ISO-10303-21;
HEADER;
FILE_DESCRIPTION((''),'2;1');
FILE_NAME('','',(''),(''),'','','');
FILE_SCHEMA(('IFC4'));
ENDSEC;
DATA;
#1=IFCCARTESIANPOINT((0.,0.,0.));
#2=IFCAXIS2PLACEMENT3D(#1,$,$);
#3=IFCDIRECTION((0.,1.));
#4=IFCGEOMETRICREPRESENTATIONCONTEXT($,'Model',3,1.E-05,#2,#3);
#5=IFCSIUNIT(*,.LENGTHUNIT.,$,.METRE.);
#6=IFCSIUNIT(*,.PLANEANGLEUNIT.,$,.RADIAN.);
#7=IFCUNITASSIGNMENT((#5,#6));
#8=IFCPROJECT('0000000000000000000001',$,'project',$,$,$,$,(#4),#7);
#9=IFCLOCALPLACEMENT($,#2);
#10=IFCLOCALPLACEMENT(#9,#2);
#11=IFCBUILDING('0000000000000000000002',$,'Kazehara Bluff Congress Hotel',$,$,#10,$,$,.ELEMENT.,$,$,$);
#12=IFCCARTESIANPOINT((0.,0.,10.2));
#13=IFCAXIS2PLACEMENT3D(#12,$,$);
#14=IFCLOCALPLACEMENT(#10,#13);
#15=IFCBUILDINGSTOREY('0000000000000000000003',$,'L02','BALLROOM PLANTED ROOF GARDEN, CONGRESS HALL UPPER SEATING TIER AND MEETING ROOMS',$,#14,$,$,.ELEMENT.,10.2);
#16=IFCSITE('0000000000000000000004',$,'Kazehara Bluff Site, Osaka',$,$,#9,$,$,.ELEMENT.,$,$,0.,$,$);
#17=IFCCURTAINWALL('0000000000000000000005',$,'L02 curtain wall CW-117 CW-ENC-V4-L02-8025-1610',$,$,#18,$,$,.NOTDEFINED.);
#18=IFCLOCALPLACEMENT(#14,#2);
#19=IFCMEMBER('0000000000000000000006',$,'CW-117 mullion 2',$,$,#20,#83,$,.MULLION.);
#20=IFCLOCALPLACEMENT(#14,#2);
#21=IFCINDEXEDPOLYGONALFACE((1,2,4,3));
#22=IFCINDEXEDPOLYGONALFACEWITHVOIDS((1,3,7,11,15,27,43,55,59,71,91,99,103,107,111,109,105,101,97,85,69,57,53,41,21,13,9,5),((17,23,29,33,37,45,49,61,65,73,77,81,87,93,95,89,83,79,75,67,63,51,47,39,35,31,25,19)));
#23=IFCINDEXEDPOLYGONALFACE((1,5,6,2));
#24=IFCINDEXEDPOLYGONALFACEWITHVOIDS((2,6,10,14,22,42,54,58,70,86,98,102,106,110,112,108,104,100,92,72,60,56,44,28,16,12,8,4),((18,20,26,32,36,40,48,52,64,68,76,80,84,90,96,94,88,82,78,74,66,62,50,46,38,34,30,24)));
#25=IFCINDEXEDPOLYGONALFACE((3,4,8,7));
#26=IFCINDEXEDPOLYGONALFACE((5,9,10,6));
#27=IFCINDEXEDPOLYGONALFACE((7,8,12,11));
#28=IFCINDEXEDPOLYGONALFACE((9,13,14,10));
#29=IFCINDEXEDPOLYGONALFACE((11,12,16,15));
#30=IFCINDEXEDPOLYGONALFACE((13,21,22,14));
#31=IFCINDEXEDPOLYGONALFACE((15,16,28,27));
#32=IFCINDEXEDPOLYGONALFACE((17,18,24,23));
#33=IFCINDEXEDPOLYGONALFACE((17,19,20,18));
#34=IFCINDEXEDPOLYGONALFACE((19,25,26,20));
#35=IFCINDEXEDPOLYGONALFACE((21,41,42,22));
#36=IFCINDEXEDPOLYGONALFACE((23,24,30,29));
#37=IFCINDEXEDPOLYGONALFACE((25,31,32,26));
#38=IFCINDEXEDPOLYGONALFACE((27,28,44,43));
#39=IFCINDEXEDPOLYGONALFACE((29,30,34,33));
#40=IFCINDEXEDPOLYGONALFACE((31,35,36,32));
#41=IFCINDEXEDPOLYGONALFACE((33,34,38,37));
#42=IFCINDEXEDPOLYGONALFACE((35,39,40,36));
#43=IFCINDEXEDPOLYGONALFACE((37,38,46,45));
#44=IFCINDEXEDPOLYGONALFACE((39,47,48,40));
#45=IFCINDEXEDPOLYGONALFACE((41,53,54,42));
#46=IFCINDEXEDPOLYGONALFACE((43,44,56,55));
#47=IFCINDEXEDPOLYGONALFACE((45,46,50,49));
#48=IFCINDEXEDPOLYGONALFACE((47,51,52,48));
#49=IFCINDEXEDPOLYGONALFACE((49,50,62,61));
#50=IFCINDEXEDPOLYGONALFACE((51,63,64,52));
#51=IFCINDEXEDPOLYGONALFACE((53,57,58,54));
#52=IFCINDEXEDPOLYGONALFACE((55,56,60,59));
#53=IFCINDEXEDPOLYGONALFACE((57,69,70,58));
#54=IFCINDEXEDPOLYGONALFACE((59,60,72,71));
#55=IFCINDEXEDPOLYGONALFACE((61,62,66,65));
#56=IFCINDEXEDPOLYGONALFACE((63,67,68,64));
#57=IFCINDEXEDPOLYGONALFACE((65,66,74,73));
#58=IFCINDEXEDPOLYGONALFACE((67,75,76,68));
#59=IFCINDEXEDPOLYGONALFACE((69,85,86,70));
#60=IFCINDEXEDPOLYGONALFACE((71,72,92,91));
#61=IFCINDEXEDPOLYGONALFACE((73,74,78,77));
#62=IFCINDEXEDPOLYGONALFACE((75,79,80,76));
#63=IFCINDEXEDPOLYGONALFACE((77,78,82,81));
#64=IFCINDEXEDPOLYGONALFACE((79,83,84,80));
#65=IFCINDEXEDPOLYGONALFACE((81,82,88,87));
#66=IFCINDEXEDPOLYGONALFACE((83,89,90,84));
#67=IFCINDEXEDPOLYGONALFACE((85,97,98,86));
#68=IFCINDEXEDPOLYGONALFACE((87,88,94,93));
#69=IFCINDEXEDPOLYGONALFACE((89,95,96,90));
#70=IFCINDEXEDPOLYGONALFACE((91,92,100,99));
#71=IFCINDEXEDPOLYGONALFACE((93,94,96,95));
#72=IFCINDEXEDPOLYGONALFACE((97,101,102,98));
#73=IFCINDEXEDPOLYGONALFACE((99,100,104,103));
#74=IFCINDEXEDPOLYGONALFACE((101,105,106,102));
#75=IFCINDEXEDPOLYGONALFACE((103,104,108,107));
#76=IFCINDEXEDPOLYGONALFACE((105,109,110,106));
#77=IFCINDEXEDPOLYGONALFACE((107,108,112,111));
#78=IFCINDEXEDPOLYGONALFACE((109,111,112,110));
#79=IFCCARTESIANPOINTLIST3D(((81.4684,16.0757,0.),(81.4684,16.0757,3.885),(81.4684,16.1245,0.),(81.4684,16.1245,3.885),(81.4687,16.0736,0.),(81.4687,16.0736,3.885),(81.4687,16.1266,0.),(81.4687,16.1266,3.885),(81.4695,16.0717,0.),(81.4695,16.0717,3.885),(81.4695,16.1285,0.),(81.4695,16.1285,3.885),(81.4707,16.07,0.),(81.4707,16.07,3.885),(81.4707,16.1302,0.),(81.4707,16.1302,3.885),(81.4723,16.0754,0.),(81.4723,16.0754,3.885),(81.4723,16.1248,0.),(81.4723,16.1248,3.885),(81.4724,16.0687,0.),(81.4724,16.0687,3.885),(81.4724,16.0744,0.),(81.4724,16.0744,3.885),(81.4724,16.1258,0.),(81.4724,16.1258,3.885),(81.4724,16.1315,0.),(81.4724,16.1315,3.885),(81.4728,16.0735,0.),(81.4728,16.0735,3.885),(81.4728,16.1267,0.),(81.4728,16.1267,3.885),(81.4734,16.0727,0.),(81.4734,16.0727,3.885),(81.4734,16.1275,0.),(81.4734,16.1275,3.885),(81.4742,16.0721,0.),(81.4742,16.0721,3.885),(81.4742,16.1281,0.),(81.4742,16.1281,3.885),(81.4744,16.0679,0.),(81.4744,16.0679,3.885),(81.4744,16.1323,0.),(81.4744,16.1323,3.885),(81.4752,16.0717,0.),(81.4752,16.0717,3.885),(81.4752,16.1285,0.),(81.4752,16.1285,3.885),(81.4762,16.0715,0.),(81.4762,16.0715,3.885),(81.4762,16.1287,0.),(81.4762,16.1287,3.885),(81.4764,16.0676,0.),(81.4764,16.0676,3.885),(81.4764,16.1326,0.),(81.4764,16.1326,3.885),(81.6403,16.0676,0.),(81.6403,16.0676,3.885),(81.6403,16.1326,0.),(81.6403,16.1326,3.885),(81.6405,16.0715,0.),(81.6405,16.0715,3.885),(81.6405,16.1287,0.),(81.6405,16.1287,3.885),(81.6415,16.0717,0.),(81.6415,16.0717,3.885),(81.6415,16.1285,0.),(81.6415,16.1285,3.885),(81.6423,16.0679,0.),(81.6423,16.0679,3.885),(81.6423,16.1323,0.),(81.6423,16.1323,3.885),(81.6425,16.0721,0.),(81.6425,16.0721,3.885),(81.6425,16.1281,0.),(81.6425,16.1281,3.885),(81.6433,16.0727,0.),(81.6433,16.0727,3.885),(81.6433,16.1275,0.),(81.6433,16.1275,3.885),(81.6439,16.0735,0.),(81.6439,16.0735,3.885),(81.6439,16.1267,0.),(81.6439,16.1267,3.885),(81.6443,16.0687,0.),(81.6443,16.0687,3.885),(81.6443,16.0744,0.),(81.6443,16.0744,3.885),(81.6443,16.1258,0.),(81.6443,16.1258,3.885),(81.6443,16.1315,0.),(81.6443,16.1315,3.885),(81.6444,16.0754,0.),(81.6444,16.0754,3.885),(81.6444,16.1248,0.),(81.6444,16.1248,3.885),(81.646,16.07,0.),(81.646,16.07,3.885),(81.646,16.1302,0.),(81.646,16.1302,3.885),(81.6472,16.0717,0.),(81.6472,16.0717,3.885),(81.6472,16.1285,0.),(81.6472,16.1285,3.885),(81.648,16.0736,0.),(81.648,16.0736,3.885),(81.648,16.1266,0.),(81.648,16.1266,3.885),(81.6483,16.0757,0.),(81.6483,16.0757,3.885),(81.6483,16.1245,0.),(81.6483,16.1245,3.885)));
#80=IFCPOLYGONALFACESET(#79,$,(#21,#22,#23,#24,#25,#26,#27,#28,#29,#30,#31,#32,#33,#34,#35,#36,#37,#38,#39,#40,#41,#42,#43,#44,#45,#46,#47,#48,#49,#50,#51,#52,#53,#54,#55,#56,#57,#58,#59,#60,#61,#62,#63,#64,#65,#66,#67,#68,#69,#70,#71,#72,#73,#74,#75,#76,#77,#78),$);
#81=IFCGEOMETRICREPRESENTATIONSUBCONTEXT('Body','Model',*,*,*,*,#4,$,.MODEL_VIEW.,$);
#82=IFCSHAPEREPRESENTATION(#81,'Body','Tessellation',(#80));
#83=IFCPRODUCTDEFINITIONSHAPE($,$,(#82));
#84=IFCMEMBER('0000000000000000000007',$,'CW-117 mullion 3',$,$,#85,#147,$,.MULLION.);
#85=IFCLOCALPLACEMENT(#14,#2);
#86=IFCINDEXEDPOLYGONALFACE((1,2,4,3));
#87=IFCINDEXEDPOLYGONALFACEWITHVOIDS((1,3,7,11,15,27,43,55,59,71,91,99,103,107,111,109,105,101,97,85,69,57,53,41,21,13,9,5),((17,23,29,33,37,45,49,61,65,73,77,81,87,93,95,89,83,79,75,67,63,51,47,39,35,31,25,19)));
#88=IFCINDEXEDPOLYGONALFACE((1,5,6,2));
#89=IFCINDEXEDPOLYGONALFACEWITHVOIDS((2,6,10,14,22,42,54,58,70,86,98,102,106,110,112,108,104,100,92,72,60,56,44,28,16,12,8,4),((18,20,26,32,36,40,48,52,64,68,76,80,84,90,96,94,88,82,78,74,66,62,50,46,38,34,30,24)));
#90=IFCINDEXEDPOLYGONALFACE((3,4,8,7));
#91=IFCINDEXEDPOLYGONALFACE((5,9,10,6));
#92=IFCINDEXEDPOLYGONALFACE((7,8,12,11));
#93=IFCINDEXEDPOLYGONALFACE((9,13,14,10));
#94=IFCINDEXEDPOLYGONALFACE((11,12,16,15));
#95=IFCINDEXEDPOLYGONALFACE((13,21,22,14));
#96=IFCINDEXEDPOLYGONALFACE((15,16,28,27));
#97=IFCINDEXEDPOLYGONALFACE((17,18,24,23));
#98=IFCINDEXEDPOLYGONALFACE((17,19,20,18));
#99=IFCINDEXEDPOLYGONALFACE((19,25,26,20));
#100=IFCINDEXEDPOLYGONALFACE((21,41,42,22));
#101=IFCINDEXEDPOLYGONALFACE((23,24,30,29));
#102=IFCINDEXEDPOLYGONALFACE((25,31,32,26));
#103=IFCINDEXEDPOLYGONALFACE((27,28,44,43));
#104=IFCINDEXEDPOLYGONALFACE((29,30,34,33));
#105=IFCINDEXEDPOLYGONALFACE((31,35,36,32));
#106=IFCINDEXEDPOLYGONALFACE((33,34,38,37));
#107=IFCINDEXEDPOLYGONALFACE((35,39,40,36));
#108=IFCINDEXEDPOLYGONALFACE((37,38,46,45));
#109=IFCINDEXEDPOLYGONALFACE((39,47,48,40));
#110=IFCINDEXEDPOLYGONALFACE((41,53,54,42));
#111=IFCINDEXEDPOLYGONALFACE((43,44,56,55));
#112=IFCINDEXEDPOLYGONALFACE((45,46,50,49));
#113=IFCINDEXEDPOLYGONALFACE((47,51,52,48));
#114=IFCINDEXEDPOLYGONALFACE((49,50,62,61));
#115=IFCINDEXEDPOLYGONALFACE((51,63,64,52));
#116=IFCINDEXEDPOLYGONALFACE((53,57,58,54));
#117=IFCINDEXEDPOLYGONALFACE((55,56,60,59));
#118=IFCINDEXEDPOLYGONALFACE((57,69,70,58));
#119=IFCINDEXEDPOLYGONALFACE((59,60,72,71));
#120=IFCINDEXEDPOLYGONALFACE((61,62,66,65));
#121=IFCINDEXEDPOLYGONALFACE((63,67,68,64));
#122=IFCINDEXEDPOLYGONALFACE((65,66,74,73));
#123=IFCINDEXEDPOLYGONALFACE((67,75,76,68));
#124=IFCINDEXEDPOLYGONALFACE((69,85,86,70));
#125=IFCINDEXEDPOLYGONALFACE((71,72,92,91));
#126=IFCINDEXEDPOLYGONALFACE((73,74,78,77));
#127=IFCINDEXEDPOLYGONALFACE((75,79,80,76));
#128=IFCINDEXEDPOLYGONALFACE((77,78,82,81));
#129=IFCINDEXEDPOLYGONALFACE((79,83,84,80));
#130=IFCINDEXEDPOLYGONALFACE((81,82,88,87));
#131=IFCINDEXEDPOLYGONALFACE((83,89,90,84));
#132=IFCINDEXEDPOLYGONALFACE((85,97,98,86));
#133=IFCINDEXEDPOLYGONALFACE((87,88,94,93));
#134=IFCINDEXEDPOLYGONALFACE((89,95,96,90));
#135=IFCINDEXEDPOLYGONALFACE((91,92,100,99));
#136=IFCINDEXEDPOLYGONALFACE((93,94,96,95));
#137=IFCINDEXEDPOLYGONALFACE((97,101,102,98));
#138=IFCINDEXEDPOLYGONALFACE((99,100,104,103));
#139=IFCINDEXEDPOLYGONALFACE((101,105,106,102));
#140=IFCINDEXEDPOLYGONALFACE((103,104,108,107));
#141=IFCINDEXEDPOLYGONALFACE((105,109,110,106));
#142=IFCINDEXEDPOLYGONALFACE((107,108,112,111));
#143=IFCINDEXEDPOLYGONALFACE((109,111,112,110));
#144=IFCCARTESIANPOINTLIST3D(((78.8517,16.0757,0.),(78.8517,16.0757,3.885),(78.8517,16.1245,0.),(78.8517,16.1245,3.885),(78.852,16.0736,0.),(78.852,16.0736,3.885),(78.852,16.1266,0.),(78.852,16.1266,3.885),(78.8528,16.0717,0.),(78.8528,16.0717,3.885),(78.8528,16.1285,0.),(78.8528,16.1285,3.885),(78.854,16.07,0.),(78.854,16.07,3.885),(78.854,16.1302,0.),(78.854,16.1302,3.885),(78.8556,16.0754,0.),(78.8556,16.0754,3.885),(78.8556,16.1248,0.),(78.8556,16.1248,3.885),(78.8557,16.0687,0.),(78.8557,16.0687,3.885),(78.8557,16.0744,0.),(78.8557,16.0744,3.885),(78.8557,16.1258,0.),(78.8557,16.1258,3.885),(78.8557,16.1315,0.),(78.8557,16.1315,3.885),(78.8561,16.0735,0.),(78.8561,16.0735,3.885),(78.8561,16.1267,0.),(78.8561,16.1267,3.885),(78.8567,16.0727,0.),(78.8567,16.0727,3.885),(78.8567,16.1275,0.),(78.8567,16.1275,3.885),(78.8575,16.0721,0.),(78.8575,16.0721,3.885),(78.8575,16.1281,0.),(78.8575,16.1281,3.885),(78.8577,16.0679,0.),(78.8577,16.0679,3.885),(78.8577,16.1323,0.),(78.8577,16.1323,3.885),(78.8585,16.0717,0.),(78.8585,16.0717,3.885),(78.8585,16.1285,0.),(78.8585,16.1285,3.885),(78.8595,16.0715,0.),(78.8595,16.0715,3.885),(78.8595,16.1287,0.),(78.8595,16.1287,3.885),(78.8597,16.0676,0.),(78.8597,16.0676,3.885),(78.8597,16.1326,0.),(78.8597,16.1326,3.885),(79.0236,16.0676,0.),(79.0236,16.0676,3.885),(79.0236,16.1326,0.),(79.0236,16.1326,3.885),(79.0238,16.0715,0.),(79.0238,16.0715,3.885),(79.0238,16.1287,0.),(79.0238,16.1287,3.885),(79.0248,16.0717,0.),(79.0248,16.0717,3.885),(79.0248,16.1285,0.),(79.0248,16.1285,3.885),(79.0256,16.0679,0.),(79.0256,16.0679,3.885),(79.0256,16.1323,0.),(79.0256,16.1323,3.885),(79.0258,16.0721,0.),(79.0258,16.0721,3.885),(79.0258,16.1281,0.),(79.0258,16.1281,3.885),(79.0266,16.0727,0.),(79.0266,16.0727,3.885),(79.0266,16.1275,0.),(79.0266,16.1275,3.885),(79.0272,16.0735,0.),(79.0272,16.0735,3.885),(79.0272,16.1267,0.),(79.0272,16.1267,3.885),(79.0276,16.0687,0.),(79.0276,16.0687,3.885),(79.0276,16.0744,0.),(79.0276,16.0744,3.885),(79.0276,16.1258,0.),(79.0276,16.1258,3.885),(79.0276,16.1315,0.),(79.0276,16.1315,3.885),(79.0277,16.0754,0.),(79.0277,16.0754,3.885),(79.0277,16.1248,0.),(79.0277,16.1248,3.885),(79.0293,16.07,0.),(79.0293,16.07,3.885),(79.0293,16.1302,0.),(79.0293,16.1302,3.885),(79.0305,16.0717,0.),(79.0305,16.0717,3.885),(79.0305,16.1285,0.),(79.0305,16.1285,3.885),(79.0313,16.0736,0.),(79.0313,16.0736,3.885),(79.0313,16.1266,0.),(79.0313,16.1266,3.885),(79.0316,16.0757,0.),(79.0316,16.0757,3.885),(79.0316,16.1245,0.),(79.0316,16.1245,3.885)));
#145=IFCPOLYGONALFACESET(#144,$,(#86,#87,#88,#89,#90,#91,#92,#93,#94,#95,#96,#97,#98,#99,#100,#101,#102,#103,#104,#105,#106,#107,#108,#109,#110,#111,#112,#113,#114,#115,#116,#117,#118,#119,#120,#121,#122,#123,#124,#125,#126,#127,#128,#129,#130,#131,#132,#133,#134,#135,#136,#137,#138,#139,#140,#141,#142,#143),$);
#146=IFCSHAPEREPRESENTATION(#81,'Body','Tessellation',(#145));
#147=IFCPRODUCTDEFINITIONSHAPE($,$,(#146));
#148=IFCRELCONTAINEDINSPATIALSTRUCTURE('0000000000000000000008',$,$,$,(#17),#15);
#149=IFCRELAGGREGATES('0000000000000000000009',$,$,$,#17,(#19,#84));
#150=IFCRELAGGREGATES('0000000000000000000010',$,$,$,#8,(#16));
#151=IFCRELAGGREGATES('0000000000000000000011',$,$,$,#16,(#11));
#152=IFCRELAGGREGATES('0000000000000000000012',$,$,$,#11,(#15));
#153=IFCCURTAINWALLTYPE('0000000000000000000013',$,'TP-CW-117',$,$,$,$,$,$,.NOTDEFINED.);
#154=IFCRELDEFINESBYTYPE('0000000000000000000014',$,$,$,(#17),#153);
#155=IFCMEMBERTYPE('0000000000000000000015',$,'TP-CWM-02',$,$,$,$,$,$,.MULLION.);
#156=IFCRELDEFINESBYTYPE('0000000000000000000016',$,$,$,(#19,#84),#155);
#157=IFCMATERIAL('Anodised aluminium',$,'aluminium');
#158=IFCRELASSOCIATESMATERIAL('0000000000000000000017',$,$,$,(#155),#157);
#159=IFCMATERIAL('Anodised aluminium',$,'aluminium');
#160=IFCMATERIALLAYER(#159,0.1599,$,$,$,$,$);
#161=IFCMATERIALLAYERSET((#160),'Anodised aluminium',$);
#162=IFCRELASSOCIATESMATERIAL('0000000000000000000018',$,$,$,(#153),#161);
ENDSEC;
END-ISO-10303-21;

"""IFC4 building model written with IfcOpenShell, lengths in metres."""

from ifc_helpers import new_model, si_unit, direction, frame, origin, origin_2d, place, context, subcontext, project, spatial, hollow_rectangle, extrude, material, layer, layer_set, material_profile, profile_set, type_object, element, aggregate, save


model = new_model("IFC4")

# Units and contexts
model_context = context("Model", 3, precision=1e-05, world=origin(), true_north=direction((0.0, 1.0)))
body_context = subcontext(model_context, "Body", "Model", "MODEL_VIEW")
ifc_project = project(units=[si_unit("LENGTHUNIT", "METRE"), si_unit("PLANEANGLEUNIT", "RADIAN")], contexts=[model_context])

# Site, building, storey
site_placement = place(None, origin())
site = spatial("IfcSite", under=ifc_project, at=site_placement, Name="Kazehara Bluff Site, Osaka", CompositionType="ELEMENT", RefElevation=0.0)
building_placement = place(site_placement, origin())
building = spatial("IfcBuilding", under=site, at=building_placement, Name="Kazehara Bluff Congress Hotel", CompositionType="ELEMENT")
storey_placement = place(building_placement, frame((0.0, 0.0, 10.2)))
storey = spatial("IfcBuildingStorey", under=building, at=storey_placement, Name="L02", Description="BALLROOM PLANTED ROOF GARDEN, CONGRESS HALL UPPER SEATING TIER AND MEETING ROOMS", CompositionType="ELEMENT", Elevation=10.2)

# Shared definitions
ifc_material_1 = material(Name="Anodised aluminium", Category="aluminium")
ifc_material_profile_1 = material_profile(ifc_material_1, hollow_rectangle(XDim=0.0649, YDim=0.1799, WallThickness=0.0039, InnerFilletRadius=0.0039, OuterFilletRadius=0.0081, at=origin_2d()))
ifc_profile_set_1 = profile_set([ifc_material_profile_1], Name="Anodised aluminium")
member_type_1 = type_object("IfcMemberType", Name="TP-CWM-02", PredefinedType="MULLION", material=ifc_profile_set_1)

# Curtain wall, members
ifc_material_2 = material(Name="Anodised aluminium", Category="aluminium")
ifc_layer_1 = layer(ifc_material_2, 0.1599)
ifc_layer_set_1 = layer_set([ifc_layer_1], Name="Anodised aluminium")
curtain_wall_type_1 = type_object("IfcCurtainWallType", Name="TP-CW-117", PredefinedType="NOTDEFINED", material=ifc_layer_set_1)
curtain_wall_1_placement = place(storey_placement, origin())
curtain_wall_1 = element("IfcCurtainWall", 1, at=curtain_wall_1_placement, inside=storey, type_object=curtain_wall_type_1, Name="L02 curtain wall CW-117 CW-ENC-V4-L02-8025-1610", PredefinedType="NOTDEFINED")
member_1_placement = place(storey_placement, frame((81.5583, 16.1001, 0.0), z_axis=(0.0, 0.0, 1.0), x_axis=(0.0, -1.0, 0.0)))
member_1 = element("IfcMember", 2, at=member_1_placement, type_object=member_type_1, Name="CW-117 mullion 2", PredefinedType="MULLION", context=body_context, shape_type="SweptSolid", body=[
    extrude(hollow_rectangle(XDim=0.0649, YDim=0.1799, WallThickness=0.0039, InnerFilletRadius=0.0039, OuterFilletRadius=0.0081, at=origin_2d()), origin(), (0.0, 0.0, 1.0), 3.885),
])
member_2_placement = place(storey_placement, frame((78.9417, 16.1001, 0.0), z_axis=(0.0, 0.0, 1.0), x_axis=(0.0, -1.0, 0.0)))
member_2 = element("IfcMember", 3, at=member_2_placement, type_object=member_type_1, Name="CW-117 mullion 3", PredefinedType="MULLION", context=body_context, shape_type="SweptSolid", body=[
    extrude(hollow_rectangle(XDim=0.0649, YDim=0.1799, WallThickness=0.0039, InnerFilletRadius=0.0039, OuterFilletRadius=0.0081, at=origin_2d()), origin(), (0.0, 0.0, 1.0), 3.885),
])

aggregate(curtain_wall_1, [member_1, member_2])

save(model, "model.ifc")
